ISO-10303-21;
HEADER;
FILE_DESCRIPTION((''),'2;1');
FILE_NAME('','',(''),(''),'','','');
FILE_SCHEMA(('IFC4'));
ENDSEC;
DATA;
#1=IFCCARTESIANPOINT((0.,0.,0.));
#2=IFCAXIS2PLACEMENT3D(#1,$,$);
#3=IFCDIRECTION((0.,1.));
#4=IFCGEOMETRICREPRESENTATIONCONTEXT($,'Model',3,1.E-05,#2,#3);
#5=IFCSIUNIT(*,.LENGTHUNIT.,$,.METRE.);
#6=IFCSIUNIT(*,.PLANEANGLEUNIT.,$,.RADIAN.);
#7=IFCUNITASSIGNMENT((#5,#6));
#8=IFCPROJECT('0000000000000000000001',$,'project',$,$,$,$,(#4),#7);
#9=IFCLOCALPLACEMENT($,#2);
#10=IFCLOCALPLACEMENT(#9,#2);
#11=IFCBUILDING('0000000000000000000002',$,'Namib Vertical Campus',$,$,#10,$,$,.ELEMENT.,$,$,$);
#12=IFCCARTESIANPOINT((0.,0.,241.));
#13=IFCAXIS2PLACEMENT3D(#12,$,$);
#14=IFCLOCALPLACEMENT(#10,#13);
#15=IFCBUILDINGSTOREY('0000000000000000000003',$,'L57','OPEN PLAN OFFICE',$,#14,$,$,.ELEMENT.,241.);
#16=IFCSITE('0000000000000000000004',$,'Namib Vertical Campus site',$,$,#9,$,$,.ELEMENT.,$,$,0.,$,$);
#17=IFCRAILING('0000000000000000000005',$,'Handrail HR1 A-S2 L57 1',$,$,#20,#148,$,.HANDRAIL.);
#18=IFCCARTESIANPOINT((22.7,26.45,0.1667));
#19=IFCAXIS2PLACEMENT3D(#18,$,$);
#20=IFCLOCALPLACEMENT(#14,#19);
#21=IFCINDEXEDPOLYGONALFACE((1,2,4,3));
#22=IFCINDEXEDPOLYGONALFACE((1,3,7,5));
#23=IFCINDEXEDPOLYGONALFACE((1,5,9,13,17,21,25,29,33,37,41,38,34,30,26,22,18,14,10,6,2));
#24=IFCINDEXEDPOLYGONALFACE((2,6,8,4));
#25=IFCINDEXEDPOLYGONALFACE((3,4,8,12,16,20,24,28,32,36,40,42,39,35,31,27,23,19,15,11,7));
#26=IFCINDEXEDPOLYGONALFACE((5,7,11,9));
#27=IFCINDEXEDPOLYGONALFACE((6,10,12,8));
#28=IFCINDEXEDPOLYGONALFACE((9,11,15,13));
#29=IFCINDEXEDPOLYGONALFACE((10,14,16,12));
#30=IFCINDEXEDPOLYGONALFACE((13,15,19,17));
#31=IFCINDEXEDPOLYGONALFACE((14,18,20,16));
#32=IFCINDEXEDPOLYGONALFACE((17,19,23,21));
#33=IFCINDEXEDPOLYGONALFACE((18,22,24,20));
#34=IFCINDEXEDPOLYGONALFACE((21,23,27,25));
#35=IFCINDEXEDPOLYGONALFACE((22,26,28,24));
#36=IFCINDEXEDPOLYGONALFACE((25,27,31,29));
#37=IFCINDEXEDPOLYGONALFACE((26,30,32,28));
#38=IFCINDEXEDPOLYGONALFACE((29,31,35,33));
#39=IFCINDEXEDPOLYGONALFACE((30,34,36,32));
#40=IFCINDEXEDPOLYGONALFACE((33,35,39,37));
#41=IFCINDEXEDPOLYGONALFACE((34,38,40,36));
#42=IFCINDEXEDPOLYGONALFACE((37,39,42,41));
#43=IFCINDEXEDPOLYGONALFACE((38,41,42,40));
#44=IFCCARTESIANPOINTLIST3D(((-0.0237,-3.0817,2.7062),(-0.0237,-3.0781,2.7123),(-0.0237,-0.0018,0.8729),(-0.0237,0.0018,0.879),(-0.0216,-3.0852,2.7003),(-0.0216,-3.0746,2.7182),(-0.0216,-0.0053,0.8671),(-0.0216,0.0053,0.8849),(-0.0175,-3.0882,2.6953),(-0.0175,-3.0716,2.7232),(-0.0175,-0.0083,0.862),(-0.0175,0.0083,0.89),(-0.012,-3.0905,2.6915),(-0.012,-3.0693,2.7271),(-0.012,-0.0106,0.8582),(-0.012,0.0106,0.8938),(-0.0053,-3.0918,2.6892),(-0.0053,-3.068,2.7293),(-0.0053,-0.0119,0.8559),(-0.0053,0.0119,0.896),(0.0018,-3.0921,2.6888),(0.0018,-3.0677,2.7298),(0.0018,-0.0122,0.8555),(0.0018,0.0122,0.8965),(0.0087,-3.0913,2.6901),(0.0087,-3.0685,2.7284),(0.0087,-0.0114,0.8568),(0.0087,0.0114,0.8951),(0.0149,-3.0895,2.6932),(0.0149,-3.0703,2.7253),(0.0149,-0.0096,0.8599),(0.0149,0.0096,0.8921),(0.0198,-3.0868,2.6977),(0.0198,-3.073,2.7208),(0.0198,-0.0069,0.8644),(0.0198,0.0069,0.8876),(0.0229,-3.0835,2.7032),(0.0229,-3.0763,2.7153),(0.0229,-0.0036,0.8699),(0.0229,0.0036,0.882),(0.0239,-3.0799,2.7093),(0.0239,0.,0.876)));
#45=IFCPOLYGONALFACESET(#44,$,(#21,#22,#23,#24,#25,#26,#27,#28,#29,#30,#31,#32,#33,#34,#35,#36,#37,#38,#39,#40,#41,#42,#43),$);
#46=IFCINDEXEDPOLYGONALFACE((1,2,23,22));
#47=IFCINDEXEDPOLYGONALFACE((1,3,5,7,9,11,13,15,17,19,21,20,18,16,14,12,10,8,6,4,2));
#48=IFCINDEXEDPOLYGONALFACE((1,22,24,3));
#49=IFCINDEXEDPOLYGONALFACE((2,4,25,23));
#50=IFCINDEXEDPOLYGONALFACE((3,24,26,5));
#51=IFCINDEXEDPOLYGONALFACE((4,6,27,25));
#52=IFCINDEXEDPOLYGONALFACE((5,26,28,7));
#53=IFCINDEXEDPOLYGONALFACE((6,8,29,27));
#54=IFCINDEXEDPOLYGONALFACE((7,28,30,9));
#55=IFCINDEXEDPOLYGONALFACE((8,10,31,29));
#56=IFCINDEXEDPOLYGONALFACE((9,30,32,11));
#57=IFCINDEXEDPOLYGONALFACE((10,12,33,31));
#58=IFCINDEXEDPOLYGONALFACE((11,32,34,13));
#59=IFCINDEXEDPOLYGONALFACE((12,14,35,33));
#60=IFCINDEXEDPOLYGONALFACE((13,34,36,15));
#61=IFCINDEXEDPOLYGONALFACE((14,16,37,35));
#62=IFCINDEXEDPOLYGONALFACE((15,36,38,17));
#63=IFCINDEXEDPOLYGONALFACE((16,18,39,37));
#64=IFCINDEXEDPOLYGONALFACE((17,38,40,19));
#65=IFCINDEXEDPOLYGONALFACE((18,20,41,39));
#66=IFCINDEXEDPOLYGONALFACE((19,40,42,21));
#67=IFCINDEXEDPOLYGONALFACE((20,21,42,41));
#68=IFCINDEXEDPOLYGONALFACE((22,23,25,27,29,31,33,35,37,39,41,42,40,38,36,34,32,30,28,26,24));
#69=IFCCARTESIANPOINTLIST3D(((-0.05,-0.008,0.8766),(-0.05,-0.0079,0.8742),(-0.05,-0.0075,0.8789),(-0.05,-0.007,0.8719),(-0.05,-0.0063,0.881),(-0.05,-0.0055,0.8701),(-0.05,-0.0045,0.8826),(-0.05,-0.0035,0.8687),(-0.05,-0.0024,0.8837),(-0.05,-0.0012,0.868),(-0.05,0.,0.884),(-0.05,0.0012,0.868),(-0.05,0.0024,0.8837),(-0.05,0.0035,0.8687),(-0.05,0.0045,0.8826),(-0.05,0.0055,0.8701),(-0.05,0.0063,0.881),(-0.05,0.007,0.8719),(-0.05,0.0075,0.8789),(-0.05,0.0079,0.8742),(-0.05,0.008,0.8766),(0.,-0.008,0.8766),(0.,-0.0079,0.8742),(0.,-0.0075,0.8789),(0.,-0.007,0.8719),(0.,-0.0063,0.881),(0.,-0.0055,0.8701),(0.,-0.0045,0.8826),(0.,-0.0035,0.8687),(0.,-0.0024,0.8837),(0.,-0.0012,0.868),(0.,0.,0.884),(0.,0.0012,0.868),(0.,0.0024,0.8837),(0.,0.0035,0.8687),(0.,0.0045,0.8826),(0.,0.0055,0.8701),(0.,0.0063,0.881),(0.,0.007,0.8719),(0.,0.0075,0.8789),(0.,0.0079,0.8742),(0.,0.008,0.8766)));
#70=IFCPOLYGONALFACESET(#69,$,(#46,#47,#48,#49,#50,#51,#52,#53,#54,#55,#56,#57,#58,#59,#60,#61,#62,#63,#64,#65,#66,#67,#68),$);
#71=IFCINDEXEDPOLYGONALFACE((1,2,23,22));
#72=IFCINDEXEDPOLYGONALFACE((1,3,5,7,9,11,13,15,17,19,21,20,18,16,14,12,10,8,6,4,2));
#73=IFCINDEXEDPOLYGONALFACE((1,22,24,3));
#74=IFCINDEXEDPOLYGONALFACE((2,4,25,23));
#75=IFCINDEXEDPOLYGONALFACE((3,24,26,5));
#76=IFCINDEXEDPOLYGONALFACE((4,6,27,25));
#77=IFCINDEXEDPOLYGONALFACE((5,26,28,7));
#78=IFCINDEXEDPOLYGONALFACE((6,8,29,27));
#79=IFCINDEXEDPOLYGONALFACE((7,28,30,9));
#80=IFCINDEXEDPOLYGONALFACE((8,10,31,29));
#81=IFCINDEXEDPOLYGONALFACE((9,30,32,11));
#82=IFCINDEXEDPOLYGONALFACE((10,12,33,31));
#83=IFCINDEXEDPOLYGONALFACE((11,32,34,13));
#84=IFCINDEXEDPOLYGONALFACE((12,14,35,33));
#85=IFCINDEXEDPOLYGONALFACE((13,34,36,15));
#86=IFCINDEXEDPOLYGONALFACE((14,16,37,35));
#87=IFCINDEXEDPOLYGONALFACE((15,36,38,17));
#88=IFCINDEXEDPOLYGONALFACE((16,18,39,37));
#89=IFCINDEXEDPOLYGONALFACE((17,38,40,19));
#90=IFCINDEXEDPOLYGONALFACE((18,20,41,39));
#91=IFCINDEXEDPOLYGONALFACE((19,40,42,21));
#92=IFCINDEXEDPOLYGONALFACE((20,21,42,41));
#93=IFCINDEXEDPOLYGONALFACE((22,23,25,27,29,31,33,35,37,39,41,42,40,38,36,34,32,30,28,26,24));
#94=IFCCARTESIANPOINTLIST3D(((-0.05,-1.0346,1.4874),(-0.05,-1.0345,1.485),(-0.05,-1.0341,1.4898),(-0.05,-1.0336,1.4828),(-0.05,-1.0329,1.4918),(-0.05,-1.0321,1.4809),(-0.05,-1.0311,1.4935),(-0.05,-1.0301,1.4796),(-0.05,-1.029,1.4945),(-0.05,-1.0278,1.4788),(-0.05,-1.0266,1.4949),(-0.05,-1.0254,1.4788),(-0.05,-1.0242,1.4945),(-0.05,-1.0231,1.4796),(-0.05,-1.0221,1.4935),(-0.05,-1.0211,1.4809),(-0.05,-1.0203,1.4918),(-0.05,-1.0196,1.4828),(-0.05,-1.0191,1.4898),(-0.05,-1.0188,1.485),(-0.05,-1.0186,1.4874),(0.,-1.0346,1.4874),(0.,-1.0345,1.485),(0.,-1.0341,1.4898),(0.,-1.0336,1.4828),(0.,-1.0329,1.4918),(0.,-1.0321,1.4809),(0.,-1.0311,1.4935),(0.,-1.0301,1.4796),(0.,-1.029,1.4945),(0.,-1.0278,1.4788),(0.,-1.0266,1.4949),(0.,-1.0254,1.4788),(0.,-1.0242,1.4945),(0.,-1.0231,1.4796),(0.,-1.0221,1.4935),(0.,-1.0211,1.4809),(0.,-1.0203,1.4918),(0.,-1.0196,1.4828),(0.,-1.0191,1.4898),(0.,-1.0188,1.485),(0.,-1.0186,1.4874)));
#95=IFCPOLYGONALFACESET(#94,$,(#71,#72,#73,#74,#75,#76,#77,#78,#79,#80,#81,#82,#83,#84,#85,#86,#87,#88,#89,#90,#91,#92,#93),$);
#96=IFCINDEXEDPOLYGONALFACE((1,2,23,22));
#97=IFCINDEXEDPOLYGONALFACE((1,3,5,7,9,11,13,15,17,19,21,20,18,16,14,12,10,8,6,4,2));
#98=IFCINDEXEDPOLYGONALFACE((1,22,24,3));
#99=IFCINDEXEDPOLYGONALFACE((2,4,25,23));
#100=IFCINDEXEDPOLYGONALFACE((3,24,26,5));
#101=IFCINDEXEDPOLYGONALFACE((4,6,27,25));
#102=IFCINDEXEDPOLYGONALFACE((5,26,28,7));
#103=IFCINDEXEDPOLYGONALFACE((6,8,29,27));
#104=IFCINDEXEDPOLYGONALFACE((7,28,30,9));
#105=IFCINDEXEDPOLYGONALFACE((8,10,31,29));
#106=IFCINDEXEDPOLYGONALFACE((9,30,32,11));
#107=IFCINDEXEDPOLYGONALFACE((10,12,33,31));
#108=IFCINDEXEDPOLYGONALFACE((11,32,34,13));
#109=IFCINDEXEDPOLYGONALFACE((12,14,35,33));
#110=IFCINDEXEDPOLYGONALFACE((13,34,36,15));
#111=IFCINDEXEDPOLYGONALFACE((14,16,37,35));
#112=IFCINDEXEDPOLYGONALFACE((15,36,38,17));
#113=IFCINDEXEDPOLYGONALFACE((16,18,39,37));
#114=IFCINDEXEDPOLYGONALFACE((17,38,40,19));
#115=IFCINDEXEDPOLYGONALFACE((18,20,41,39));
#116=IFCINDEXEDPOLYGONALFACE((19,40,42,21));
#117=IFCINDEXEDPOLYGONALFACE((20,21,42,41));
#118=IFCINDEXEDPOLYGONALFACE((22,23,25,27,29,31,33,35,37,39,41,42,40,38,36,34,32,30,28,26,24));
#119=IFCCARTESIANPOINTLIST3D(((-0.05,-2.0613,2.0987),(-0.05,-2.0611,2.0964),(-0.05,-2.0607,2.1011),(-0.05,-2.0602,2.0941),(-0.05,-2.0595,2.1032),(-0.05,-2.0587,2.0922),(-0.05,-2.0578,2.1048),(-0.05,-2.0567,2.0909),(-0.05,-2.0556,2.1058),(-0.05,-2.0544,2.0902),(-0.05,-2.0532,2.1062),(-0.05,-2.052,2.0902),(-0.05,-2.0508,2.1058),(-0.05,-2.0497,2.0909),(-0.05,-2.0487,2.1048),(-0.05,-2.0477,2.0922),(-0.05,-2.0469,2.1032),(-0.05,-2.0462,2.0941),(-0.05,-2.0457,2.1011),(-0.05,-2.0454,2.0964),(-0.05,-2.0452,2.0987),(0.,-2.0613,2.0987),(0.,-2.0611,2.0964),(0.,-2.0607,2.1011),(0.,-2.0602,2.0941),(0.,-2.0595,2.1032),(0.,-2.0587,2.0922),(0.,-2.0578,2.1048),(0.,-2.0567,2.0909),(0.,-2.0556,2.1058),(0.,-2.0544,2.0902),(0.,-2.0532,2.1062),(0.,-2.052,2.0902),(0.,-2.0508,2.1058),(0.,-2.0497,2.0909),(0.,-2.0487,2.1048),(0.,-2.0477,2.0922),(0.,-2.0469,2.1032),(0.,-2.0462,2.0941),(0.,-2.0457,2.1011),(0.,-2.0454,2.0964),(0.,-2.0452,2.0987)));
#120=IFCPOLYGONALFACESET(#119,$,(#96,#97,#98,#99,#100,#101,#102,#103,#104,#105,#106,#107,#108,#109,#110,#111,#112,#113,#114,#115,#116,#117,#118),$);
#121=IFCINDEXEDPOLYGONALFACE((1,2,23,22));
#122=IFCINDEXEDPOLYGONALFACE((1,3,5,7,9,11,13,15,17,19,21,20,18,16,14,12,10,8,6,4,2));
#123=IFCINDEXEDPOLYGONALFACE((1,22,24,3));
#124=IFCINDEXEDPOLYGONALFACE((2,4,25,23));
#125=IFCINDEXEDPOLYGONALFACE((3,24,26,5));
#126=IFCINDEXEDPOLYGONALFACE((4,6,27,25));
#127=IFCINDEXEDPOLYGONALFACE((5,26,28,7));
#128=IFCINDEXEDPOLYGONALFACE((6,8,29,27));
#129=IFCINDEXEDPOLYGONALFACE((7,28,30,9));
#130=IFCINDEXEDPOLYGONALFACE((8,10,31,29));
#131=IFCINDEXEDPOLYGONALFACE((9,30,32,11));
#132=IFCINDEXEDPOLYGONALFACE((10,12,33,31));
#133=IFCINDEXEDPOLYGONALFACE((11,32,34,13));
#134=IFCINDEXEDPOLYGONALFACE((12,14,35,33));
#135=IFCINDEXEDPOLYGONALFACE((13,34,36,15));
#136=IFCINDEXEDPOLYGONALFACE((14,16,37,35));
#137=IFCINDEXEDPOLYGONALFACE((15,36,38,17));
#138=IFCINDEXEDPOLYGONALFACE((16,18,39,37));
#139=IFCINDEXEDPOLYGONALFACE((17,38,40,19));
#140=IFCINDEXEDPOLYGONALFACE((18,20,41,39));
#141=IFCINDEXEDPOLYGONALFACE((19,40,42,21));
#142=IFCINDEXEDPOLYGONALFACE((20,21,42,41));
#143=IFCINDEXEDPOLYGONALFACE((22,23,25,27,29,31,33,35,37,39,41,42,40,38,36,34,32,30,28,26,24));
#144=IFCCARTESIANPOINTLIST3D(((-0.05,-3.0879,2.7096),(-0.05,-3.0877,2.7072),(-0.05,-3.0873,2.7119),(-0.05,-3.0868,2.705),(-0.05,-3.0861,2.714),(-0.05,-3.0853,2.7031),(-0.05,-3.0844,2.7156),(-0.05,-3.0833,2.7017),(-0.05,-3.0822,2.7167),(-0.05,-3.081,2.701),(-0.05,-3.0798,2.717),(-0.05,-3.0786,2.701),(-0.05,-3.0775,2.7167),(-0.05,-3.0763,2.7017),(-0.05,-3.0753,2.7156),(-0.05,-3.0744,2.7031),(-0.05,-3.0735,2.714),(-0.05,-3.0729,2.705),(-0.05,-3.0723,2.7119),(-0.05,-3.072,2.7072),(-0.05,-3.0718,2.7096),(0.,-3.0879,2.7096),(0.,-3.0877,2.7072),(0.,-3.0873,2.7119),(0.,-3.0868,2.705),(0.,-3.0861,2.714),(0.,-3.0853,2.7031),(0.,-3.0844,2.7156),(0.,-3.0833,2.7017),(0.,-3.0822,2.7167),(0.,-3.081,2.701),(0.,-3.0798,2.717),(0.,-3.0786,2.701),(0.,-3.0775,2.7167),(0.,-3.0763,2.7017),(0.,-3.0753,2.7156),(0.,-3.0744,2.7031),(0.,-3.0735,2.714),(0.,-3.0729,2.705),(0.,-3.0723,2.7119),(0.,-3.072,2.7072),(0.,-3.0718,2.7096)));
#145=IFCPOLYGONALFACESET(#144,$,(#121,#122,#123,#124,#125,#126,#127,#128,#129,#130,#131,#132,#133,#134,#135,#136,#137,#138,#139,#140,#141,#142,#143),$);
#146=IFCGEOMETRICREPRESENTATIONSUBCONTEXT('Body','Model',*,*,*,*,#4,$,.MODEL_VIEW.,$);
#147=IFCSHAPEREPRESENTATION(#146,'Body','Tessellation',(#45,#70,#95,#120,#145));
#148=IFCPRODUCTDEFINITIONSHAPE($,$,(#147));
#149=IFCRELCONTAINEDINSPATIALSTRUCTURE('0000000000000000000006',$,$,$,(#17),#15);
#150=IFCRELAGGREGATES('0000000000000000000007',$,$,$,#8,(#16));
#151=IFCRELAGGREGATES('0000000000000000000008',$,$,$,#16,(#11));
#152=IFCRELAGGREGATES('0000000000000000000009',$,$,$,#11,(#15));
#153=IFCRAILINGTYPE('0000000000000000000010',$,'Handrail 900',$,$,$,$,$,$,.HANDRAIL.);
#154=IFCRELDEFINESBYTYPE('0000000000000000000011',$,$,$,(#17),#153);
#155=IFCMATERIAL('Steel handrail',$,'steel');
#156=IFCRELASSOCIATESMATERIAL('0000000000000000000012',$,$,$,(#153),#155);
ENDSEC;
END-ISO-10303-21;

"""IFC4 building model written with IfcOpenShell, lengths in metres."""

from ifc_helpers import new_model, si_unit, direction, frame, origin, origin_2d, place, context, subcontext, project, spatial, circle, extrude, material, type_object, element, save


model = new_model("IFC4")

# Units and contexts
model_context = context("Model", 3, precision=1e-05, world=origin(), true_north=direction((0.0, 1.0)))
body_context = subcontext(model_context, "Body", "Model", "MODEL_VIEW")
ifc_project = project(units=[si_unit("LENGTHUNIT", "METRE"), si_unit("PLANEANGLEUNIT", "RADIAN")], contexts=[model_context])

# Site, building, storey
site_placement = place(None, origin())
site = spatial("IfcSite", under=ifc_project, at=site_placement, Name="Namib Vertical Campus site", CompositionType="ELEMENT", RefElevation=0.0)
building_placement = place(site_placement, origin())
building = spatial("IfcBuilding", under=site, at=building_placement, Name="Namib Vertical Campus", CompositionType="ELEMENT")
storey_placement = place(building_placement, frame((0.0, 0.0, 241.0)))
storey = spatial("IfcBuildingStorey", under=building, at=storey_placement, Name="L57", Description="OPEN PLAN OFFICE", CompositionType="ELEMENT", Elevation=241.0)

# Railing
ifc_material_1 = material(Name="Steel handrail", Category="steel")
railing_type_1 = type_object("IfcRailingType", Name="Handrail 900", PredefinedType="HANDRAIL", material=ifc_material_1)
railing_1_placement = place(storey_placement, frame((22.7, 26.45, 0.1667)))
element("IfcRailing", 1, at=railing_1_placement, inside=storey, type_object=railing_type_1, Name="Handrail HR1 A-S2 L57 1", PredefinedType="HANDRAIL", context=body_context, shape_type="SweptSolid", body=[
    extrude(circle(Radius=0.0239, at=origin_2d()), frame((0.0, 0.0, 0.876), z_axis=(0.0, -0.859291, 0.511487), x_axis=(1.0, 0.0, 0.0)), (0.0, 0.0, 1.0), 3.5842),
    extrude(circle(Radius=0.0081, at=origin_2d()), frame((0.0, 0.0, 0.876), z_axis=(-1.0, 0.0, 0.0), x_axis=(0.0, 0.0, 1.0)), (0.0, 0.0, 1.0), 0.05),
    extrude(circle(Radius=0.0081, at=origin_2d()), frame((0.0, -1.0266, 1.4868), z_axis=(-1.0, 0.0, 0.0), x_axis=(0.0, 0.0, 1.0)), (0.0, 0.0, 1.0), 0.05),
    extrude(circle(Radius=0.0081, at=origin_2d()), frame((0.0, -2.0532, 2.0981), z_axis=(-1.0, 0.0, 0.0), x_axis=(0.0, 0.0, 1.0)), (0.0, 0.0, 1.0), 0.05),
    extrude(circle(Radius=0.0081, at=origin_2d()), frame((0.0, -3.0798, 2.709), z_axis=(-1.0, 0.0, 0.0), x_axis=(0.0, 0.0, 1.0)), (0.0, 0.0, 1.0), 0.05),
])

save(model, "model.ifc")
